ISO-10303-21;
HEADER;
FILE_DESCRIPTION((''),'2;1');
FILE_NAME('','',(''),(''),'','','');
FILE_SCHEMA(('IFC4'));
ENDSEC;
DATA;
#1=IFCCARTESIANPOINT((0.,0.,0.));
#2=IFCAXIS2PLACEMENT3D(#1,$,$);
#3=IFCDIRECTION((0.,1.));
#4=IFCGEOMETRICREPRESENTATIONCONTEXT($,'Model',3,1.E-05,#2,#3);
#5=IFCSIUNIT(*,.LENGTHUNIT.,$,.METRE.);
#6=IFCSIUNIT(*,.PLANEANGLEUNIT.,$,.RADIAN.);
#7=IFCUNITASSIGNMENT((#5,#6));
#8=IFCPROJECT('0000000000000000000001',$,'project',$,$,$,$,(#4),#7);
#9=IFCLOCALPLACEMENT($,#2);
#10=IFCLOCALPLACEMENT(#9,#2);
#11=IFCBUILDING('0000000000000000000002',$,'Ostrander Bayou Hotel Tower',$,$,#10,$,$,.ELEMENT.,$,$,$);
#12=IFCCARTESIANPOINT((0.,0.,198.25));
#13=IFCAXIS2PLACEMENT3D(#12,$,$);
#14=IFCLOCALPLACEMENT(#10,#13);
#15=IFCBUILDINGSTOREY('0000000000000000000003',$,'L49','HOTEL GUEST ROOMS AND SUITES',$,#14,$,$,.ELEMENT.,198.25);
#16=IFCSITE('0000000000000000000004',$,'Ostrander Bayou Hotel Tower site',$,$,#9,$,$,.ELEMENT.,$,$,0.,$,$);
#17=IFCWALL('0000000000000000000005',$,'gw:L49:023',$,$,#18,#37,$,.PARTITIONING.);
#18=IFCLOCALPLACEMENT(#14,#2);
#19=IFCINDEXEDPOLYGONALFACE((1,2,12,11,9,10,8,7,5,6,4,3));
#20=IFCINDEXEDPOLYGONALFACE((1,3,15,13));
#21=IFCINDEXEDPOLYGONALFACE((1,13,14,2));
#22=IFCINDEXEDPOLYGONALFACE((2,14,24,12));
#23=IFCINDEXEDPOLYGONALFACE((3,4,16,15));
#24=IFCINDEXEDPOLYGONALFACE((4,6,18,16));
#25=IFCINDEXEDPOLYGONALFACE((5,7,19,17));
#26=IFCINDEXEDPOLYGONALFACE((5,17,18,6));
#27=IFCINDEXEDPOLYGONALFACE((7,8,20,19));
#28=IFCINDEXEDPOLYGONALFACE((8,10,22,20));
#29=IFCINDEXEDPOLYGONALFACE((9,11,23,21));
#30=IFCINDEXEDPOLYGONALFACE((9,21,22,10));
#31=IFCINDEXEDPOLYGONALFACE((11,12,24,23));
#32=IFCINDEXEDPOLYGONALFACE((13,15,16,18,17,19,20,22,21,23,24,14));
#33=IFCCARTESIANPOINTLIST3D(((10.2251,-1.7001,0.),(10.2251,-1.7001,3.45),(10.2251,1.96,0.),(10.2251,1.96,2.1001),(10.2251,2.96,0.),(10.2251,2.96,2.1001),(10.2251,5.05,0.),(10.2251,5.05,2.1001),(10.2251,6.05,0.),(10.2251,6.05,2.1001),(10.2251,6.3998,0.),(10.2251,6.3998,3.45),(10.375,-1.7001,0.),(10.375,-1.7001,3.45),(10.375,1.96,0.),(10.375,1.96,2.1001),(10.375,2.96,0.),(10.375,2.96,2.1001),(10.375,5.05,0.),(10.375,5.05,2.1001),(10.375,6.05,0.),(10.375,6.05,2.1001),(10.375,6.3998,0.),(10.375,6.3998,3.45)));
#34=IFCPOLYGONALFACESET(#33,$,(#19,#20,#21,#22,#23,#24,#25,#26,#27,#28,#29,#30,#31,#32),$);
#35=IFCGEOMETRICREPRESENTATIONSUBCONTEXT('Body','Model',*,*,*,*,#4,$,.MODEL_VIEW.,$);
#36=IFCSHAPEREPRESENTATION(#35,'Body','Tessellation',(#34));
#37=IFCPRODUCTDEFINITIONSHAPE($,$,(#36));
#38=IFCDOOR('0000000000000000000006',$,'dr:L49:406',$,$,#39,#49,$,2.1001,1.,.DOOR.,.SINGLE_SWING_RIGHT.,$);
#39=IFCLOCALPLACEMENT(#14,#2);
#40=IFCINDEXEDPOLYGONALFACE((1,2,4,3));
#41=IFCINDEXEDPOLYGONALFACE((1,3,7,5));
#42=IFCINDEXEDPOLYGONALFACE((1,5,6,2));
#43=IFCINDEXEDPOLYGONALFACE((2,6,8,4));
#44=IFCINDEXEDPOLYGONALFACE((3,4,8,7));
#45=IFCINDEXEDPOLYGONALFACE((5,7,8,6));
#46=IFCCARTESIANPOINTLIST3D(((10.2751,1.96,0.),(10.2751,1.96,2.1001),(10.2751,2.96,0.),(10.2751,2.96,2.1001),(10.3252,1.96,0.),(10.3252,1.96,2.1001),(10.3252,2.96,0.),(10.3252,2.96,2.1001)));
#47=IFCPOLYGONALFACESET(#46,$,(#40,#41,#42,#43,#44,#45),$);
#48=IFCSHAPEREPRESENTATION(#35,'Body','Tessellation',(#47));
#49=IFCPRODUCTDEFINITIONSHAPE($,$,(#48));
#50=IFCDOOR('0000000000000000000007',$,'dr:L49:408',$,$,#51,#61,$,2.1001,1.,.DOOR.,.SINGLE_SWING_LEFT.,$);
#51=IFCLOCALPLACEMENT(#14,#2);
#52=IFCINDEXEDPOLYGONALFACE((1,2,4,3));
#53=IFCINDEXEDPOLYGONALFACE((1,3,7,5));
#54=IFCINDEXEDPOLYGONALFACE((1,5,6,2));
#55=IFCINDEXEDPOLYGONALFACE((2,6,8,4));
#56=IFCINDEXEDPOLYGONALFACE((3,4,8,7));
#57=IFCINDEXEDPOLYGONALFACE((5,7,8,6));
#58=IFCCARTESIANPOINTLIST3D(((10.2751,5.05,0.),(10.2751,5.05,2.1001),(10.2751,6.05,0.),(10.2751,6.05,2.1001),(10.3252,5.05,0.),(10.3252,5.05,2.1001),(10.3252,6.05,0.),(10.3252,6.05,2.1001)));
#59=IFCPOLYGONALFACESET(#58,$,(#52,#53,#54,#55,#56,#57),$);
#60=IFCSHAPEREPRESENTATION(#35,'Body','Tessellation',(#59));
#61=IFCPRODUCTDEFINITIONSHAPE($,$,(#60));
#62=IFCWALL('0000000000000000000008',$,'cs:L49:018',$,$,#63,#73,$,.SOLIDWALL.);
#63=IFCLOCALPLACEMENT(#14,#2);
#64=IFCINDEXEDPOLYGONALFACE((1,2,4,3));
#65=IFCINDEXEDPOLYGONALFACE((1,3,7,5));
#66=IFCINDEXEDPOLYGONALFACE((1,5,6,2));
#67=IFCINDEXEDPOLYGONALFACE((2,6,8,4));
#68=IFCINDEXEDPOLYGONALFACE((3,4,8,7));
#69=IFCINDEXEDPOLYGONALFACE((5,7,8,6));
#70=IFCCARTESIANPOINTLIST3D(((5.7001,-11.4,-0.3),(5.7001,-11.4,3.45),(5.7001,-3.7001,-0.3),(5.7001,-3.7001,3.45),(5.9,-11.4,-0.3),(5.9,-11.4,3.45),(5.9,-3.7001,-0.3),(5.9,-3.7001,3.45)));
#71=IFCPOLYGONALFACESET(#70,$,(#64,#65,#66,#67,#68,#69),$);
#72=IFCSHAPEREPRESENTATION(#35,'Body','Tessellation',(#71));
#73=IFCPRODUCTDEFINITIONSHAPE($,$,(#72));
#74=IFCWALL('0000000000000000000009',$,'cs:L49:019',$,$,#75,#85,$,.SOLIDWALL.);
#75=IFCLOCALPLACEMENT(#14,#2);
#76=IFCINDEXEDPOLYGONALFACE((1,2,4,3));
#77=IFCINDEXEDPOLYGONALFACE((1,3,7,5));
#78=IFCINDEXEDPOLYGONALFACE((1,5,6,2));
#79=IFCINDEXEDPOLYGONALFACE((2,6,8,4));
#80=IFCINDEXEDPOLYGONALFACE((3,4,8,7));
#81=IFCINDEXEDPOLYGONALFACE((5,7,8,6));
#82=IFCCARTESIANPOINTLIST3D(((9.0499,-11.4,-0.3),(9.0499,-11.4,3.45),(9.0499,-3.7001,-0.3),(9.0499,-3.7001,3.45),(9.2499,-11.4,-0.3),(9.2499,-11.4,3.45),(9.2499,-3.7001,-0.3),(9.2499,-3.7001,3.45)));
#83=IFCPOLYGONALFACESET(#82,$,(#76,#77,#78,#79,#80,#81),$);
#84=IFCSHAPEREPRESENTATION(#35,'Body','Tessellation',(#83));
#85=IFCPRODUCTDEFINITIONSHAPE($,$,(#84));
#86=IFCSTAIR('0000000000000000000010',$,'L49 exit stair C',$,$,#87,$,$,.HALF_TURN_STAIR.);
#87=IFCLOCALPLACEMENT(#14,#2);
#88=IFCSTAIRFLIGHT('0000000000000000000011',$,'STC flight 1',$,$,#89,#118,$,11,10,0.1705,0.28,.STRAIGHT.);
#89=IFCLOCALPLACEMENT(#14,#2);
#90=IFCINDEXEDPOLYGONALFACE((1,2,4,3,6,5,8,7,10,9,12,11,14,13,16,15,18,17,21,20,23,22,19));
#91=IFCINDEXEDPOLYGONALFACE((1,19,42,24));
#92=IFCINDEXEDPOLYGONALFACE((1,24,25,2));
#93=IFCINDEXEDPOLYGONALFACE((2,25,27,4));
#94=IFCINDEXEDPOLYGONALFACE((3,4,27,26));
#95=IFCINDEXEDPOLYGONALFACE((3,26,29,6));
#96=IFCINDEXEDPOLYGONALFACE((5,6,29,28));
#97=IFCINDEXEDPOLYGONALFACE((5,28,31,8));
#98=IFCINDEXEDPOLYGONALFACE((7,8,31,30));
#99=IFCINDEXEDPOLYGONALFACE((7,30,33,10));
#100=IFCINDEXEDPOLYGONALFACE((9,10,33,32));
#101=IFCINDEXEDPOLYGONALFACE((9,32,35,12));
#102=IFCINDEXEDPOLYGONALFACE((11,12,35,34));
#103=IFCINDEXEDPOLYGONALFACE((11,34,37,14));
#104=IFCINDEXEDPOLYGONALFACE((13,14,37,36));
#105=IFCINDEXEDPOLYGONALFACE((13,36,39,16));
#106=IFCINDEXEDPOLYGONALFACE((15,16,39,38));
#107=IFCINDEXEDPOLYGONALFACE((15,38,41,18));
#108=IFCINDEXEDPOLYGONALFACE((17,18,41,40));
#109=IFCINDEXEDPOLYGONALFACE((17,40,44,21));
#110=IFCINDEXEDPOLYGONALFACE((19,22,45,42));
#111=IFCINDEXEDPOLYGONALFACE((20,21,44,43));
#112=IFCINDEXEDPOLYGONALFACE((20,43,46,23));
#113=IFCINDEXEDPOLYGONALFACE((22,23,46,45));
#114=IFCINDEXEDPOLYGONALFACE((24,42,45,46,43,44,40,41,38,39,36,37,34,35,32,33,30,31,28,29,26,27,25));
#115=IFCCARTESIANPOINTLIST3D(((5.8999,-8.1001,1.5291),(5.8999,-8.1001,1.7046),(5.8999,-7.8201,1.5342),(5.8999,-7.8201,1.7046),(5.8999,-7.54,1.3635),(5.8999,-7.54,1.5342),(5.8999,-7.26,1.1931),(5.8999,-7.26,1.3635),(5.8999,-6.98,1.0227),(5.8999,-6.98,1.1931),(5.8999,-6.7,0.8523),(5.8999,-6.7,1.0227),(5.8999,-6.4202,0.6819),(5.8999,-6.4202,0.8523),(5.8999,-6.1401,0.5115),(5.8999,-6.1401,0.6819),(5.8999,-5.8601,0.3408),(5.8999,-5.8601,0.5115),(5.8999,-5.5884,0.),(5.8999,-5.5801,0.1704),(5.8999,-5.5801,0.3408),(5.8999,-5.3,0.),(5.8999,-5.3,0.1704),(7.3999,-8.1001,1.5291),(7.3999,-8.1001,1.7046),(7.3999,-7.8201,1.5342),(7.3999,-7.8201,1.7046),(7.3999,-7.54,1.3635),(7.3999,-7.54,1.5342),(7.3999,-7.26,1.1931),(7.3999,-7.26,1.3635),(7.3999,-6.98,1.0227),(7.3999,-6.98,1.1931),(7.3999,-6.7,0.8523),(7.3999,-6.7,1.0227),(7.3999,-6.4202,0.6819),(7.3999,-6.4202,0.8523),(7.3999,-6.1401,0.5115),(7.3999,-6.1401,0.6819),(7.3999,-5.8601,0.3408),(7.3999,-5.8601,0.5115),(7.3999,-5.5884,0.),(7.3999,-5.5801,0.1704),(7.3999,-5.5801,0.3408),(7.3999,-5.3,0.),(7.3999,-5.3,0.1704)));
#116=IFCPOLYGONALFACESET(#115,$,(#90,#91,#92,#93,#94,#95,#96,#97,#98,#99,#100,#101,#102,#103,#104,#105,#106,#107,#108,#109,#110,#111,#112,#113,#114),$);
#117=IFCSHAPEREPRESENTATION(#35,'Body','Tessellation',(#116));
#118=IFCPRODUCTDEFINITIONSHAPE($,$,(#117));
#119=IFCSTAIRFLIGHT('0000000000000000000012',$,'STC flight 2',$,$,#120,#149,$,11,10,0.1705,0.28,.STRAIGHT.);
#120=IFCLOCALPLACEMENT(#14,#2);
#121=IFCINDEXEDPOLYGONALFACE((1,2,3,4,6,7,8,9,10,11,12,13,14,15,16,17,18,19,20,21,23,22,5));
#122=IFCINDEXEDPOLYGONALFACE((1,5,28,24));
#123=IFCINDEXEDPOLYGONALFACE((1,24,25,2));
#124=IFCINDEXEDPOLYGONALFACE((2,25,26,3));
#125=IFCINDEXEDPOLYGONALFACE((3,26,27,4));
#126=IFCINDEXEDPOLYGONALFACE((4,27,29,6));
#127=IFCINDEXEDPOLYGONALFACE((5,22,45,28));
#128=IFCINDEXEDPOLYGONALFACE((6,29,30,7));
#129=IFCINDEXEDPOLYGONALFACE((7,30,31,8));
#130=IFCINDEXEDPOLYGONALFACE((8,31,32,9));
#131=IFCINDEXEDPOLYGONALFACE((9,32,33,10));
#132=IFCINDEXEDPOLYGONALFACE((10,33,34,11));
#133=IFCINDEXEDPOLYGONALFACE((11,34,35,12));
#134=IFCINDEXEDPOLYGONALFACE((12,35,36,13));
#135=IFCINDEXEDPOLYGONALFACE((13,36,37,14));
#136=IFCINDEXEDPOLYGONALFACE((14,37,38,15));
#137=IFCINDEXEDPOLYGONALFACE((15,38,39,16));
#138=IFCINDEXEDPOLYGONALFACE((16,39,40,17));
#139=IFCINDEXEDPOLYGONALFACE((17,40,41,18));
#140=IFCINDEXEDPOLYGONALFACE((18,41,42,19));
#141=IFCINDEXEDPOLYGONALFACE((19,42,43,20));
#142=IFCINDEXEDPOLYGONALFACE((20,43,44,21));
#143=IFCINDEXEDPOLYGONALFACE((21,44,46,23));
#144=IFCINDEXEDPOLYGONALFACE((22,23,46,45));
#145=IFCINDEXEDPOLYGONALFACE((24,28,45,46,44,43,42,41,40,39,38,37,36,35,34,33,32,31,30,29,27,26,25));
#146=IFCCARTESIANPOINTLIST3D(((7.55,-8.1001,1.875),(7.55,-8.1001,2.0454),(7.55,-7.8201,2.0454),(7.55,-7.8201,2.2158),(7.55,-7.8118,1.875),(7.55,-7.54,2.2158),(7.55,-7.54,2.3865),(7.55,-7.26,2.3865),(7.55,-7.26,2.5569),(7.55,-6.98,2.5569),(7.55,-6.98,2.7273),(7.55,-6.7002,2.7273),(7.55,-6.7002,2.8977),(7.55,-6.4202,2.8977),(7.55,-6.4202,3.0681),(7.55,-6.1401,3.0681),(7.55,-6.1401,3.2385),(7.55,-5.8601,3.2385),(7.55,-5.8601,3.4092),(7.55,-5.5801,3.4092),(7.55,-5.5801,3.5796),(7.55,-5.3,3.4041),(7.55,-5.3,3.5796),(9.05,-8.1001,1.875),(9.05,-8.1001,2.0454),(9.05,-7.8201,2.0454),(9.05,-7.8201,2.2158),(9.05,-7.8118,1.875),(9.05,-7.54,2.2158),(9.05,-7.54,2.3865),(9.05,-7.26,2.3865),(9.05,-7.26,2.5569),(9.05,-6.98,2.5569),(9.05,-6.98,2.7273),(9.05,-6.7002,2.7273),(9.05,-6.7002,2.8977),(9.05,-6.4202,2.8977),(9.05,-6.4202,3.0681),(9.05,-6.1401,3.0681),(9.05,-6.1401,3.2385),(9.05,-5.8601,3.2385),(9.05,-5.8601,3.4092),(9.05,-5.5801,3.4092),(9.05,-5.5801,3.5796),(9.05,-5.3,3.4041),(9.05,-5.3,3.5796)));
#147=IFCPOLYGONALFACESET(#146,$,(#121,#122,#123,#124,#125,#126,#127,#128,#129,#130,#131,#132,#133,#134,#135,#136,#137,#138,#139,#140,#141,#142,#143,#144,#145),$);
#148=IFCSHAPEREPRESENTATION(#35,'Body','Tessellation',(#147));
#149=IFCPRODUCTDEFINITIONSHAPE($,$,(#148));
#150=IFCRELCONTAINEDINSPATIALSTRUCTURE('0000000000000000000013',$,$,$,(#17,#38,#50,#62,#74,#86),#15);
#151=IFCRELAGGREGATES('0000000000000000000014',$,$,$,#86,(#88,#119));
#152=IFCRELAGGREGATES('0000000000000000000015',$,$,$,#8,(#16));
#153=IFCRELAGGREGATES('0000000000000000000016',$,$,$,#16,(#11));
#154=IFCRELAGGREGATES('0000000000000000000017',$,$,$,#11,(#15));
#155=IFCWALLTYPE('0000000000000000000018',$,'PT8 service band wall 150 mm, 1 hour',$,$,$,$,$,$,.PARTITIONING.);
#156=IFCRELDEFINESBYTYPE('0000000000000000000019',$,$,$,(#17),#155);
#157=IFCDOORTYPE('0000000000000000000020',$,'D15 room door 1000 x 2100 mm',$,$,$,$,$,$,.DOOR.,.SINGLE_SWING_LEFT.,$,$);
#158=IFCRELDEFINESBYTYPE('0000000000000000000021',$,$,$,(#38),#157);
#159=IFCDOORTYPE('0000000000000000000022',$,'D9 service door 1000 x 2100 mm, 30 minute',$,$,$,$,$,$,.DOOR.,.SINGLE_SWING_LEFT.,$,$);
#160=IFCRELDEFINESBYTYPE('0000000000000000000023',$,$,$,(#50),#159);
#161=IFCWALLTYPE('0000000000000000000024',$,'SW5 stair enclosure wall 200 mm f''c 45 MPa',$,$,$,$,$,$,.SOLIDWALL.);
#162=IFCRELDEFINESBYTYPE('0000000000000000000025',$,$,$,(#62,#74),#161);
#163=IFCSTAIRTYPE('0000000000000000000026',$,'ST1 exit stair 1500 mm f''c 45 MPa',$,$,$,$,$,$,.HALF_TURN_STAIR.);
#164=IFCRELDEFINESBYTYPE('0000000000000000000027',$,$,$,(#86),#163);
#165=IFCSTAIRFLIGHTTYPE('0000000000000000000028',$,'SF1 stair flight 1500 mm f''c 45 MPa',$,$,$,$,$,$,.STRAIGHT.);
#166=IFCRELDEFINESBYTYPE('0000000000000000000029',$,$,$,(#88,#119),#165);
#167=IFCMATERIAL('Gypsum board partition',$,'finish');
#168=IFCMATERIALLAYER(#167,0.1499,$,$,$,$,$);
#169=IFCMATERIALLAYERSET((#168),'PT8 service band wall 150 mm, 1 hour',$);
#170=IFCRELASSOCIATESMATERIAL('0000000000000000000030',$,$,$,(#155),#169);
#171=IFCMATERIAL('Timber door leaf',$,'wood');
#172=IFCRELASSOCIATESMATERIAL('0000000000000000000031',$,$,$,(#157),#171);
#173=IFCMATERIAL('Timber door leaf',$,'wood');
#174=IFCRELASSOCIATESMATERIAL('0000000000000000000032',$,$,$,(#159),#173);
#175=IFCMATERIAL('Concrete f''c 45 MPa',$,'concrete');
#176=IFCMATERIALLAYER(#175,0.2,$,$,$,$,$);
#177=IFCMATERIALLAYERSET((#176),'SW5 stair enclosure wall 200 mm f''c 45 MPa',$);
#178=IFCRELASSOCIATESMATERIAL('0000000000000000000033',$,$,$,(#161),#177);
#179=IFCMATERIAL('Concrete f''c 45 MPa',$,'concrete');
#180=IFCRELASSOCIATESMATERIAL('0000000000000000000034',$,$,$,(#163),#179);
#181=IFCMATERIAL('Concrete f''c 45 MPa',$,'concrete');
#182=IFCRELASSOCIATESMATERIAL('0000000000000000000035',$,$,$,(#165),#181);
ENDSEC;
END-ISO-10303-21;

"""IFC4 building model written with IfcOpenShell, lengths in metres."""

from ifc_helpers import new_model, si_unit, direction, frame, frame_2d, origin, place, context, subcontext, project, spatial, polyline, rectangle, outline, extrude, material, layer, layer_set, type_object, element, fill, aggregate, save


model = new_model("IFC4")

# Units and contexts
model_context = context("Model", 3, precision=1e-05, world=origin(), true_north=direction((0.0, 1.0)))
body_context = subcontext(model_context, "Body", "Model", "MODEL_VIEW")
ifc_project = project(units=[si_unit("LENGTHUNIT", "METRE"), si_unit("PLANEANGLEUNIT", "RADIAN")], contexts=[model_context])

# Site, building, storey
site_placement = place(None, origin())
site = spatial("IfcSite", under=ifc_project, at=site_placement, Name="Ostrander Bayou Hotel Tower site", CompositionType="ELEMENT", RefElevation=0.0)
building_placement = place(site_placement, origin())
building = spatial("IfcBuilding", under=site, at=building_placement, Name="Ostrander Bayou Hotel Tower", CompositionType="ELEMENT")
storey_placement = place(building_placement, frame((0.0, 0.0, 198.25)))
storey = spatial("IfcBuildingStorey", under=building, at=storey_placement, Name="L49", Description="HOTEL GUEST ROOMS AND SUITES", CompositionType="ELEMENT", Elevation=198.25)

# Shared definitions
ifc_material_1 = material(Name="Gypsum board partition", Category="finish")
ifc_layer_1 = layer(ifc_material_1, 0.1499)
ifc_layer_set_1 = layer_set([ifc_layer_1], Name="PT8 service band wall 150 mm, 1 hour")
wall_type_1 = type_object("IfcWallType", Name="PT8 service band wall 150 mm, 1 hour", PredefinedType="PARTITIONING", material=ifc_layer_set_1)

# Wall, openings, doors
wall_1_placement = place(storey_placement, frame((10.3, -1.7, 0.0), z_axis=(0.0, 0.0, 1.0), x_axis=(0.0, 1.0, 0.0)))
wall_1 = element("IfcWall", 1, at=wall_1_placement, inside=storey, type_object=wall_type_1, Name="gw:L49:023", PredefinedType="PARTITIONING", context=body_context, shape_type="SweptSolid", body=[
    extrude(rectangle(XDim=8.0999, YDim=0.1499, at=frame_2d((4.0498, 0.0))), origin(), (0.0, 0.0, 1.0), 3.45),
])
opening_1_placement = place(wall_1_placement, frame((3.6599, 0.0, 0.0)))
opening_1 = element("IfcOpeningElement", 2, at=opening_1_placement, cuts=wall_1, PredefinedType="OPENING", context=body_context, shape_type="SweptSolid", body=[
    extrude(rectangle(XDim=1.0, YDim=2.1001, at=frame_2d((0.5, 1.05))), frame((0.0, 0.075, 0.0), z_axis=(0.0, -1.0, 0.0), x_axis=(1.0, 0.0, 0.0)), (0.0, 0.0, 1.0), 0.1499),
])
opening_2_placement = place(wall_1_placement, frame((6.75, 0.0, 0.0)))
opening_2 = element("IfcOpeningElement", 3, at=opening_2_placement, cuts=wall_1, PredefinedType="OPENING", context=body_context, shape_type="SweptSolid", body=[
    extrude(rectangle(XDim=1.0, YDim=2.1001, at=frame_2d((0.5, 1.05))), frame((0.0, 0.075, 0.0), z_axis=(0.0, -1.0, 0.0), x_axis=(1.0, 0.0, 0.0)), (0.0, 0.0, 1.0), 0.1499),
])
ifc_material_2 = material(Name="Timber door leaf", Category="wood")
door_type_1 = type_object("IfcDoorType", Name="D15 room door 1000 x 2100 mm", OperationType="SINGLE_SWING_LEFT", PredefinedType="DOOR", material=ifc_material_2)
door_1_placement = place(opening_1_placement, origin())
door_1 = element("IfcDoor", 4, at=door_1_placement, inside=storey, type_object=door_type_1, Name="dr:L49:406", OperationType="SINGLE_SWING_RIGHT", OverallHeight=2.1001, OverallWidth=1.0, PredefinedType="DOOR", context=body_context, shape_type="SweptSolid", body=[
    extrude(rectangle(XDim=1.0, YDim=2.1001, at=frame_2d((0.5, 1.05))), frame((0.0, 0.0249, 0.0), z_axis=(0.0, -1.0, 0.0), x_axis=(1.0, 0.0, 0.0)), (0.0, 0.0, 1.0), 0.05),
])
fill(opening_1, door_1)
ifc_material_3 = material(Name="Timber door leaf", Category="wood")
door_type_2 = type_object("IfcDoorType", Name="D9 service door 1000 x 2100 mm, 30 minute", OperationType="SINGLE_SWING_LEFT", PredefinedType="DOOR", material=ifc_material_3)
door_2_placement = place(opening_2_placement, origin())
door_2 = element("IfcDoor", 5, at=door_2_placement, inside=storey, type_object=door_type_2, Name="dr:L49:408", OperationType="SINGLE_SWING_LEFT", OverallHeight=2.1001, OverallWidth=1.0, PredefinedType="DOOR", context=body_context, shape_type="SweptSolid", body=[
    extrude(rectangle(XDim=1.0, YDim=2.1001, at=frame_2d((0.5, 1.05))), frame((0.0, 0.0249, 0.0), z_axis=(0.0, -1.0, 0.0), x_axis=(1.0, 0.0, 0.0)), (0.0, 0.0, 1.0), 0.05),
])
fill(opening_2, door_2)

# Shared definitions
ifc_material_4 = material(Name="Concrete f'c 45 MPa", Category="concrete")
ifc_layer_2 = layer(ifc_material_4, 0.2)
ifc_layer_set_2 = layer_set([ifc_layer_2], Name="SW5 stair enclosure wall 200 mm f'c 45 MPa")
wall_type_2 = type_object("IfcWallType", Name="SW5 stair enclosure wall 200 mm f'c 45 MPa", PredefinedType="SOLIDWALL", material=ifc_layer_set_2)

# Walls
for number, where, z_axis, x_axis, name in (
    (6, (5.8, -3.7, -0.3), (0.0, 0.0, 1.0), (0.0, -1.0, 0.0), "cs:L49:018"),
    (7, (9.1499, -3.7, -0.3), (0.0, 0.0, 1.0), (0.0, -1.0, 0.0), "cs:L49:019"),
):
    element("IfcWall", number, at=place(storey_placement, frame(where, z_axis=z_axis, x_axis=x_axis)), inside=storey, type_object=wall_type_2, Name=name, PredefinedType="SOLIDWALL", context=body_context, shape_type="SweptSolid", body=[
        extrude(rectangle(XDim=7.7, YDim=0.2, at=frame_2d((3.8501, 0.0))), origin(), (0.0, 0.0, 1.0), 3.75),
    ])

# Stair, stair flights
ifc_material_5 = material(Name="Concrete f'c 45 MPa", Category="concrete")
stair_type = type_object("IfcStairType", Name="ST1 exit stair 1500 mm f'c 45 MPa", PredefinedType="HALF_TURN_STAIR", material=ifc_material_5)
stair_placement = place(storey_placement, origin())
stair = element("IfcStair", 8, at=stair_placement, inside=storey, type_object=stair_type, Name="L49 exit stair C", PredefinedType="HALF_TURN_STAIR")
ifc_material_6 = material(Name="Concrete f'c 45 MPa", Category="concrete")
stair_flight_type = type_object("IfcStairFlightType", Name="SF1 stair flight 1500 mm f'c 45 MPa", PredefinedType="STRAIGHT", material=ifc_material_6)
stair_flight_1_placement = place(storey_placement, frame((6.6499, -5.3, 0.0), z_axis=(0.0, 0.0, 1.0), x_axis=(0.0, -1.0, 0.0)))
stair_flight_1 = element("IfcStairFlight", 9, at=stair_flight_1_placement, type_object=stair_flight_type, Name="STC flight 1", NumberOfRisers=11, NumberOfTreads=10, PredefinedType="STRAIGHT", RiserHeight=0.1705, TreadLength=0.28, context=body_context, shape_type="SweptSolid", body=[
    extrude(outline(polyline([(0.0, 0.0), (0.0, 0.1704), (0.28, 0.1704), (0.28, 0.3408), (0.5601, 0.3408), (0.5601, 0.5115), (0.8401, 0.5115), (0.8401, 0.6819), (1.1201, 0.6819), (1.1201, 0.8523), (1.3999, 0.8523), (1.3999, 1.0227), (1.6799, 1.0227), (1.6799, 1.1931), (1.96, 1.1931), (1.96, 1.3635), (2.24, 1.3635), (2.24, 1.5342), (2.52, 1.5342), (2.52, 1.7046), (2.8, 1.7046), (2.8, 1.875), (2.8, 1.5291), (0.2883, 0.0), (0.0, 0.0)])), frame((0.0, 0.75, 0.0), z_axis=(0.0, -1.0, 0.0), x_axis=(1.0, 0.0, 0.0)), (0.0, 0.0, 1.0), 1.5),
])
stair_flight_2_placement = place(storey_placement, frame((8.3, -8.1001, 1.875), z_axis=(0.0, 0.0, 1.0), x_axis=(0.0, 1.0, 0.0)))
stair_flight_2 = element("IfcStairFlight", 10, at=stair_flight_2_placement, type_object=stair_flight_type, Name="STC flight 2", NumberOfRisers=11, NumberOfTreads=10, PredefinedType="STRAIGHT", RiserHeight=0.1705, TreadLength=0.28, context=body_context, shape_type="SweptSolid", body=[
    extrude(outline(polyline([(0.0, 0.0), (0.0, 0.1704), (0.28, 0.1704), (0.28, 0.3408), (0.5601, 0.3408), (0.5601, 0.5115), (0.8401, 0.5115), (0.8401, 0.6819), (1.1201, 0.6819), (1.1201, 0.8523), (1.3999, 0.8523), (1.3999, 1.0227), (1.6799, 1.0227), (1.6799, 1.1931), (1.96, 1.1931), (1.96, 1.3635), (2.24, 1.3635), (2.24, 1.5342), (2.52, 1.5342), (2.52, 1.7046), (2.8, 1.7046), (2.8, 1.875), (2.8, 1.5291), (0.2883, 0.0), (0.0, 0.0)])), frame((0.0, 0.75, 0.0), z_axis=(0.0, -1.0, 0.0), x_axis=(1.0, 0.0, 0.0)), (0.0, 0.0, 1.0), 1.5),
])
aggregate(stair, [stair_flight_1, stair_flight_2])

save(model, "model.ifc")
